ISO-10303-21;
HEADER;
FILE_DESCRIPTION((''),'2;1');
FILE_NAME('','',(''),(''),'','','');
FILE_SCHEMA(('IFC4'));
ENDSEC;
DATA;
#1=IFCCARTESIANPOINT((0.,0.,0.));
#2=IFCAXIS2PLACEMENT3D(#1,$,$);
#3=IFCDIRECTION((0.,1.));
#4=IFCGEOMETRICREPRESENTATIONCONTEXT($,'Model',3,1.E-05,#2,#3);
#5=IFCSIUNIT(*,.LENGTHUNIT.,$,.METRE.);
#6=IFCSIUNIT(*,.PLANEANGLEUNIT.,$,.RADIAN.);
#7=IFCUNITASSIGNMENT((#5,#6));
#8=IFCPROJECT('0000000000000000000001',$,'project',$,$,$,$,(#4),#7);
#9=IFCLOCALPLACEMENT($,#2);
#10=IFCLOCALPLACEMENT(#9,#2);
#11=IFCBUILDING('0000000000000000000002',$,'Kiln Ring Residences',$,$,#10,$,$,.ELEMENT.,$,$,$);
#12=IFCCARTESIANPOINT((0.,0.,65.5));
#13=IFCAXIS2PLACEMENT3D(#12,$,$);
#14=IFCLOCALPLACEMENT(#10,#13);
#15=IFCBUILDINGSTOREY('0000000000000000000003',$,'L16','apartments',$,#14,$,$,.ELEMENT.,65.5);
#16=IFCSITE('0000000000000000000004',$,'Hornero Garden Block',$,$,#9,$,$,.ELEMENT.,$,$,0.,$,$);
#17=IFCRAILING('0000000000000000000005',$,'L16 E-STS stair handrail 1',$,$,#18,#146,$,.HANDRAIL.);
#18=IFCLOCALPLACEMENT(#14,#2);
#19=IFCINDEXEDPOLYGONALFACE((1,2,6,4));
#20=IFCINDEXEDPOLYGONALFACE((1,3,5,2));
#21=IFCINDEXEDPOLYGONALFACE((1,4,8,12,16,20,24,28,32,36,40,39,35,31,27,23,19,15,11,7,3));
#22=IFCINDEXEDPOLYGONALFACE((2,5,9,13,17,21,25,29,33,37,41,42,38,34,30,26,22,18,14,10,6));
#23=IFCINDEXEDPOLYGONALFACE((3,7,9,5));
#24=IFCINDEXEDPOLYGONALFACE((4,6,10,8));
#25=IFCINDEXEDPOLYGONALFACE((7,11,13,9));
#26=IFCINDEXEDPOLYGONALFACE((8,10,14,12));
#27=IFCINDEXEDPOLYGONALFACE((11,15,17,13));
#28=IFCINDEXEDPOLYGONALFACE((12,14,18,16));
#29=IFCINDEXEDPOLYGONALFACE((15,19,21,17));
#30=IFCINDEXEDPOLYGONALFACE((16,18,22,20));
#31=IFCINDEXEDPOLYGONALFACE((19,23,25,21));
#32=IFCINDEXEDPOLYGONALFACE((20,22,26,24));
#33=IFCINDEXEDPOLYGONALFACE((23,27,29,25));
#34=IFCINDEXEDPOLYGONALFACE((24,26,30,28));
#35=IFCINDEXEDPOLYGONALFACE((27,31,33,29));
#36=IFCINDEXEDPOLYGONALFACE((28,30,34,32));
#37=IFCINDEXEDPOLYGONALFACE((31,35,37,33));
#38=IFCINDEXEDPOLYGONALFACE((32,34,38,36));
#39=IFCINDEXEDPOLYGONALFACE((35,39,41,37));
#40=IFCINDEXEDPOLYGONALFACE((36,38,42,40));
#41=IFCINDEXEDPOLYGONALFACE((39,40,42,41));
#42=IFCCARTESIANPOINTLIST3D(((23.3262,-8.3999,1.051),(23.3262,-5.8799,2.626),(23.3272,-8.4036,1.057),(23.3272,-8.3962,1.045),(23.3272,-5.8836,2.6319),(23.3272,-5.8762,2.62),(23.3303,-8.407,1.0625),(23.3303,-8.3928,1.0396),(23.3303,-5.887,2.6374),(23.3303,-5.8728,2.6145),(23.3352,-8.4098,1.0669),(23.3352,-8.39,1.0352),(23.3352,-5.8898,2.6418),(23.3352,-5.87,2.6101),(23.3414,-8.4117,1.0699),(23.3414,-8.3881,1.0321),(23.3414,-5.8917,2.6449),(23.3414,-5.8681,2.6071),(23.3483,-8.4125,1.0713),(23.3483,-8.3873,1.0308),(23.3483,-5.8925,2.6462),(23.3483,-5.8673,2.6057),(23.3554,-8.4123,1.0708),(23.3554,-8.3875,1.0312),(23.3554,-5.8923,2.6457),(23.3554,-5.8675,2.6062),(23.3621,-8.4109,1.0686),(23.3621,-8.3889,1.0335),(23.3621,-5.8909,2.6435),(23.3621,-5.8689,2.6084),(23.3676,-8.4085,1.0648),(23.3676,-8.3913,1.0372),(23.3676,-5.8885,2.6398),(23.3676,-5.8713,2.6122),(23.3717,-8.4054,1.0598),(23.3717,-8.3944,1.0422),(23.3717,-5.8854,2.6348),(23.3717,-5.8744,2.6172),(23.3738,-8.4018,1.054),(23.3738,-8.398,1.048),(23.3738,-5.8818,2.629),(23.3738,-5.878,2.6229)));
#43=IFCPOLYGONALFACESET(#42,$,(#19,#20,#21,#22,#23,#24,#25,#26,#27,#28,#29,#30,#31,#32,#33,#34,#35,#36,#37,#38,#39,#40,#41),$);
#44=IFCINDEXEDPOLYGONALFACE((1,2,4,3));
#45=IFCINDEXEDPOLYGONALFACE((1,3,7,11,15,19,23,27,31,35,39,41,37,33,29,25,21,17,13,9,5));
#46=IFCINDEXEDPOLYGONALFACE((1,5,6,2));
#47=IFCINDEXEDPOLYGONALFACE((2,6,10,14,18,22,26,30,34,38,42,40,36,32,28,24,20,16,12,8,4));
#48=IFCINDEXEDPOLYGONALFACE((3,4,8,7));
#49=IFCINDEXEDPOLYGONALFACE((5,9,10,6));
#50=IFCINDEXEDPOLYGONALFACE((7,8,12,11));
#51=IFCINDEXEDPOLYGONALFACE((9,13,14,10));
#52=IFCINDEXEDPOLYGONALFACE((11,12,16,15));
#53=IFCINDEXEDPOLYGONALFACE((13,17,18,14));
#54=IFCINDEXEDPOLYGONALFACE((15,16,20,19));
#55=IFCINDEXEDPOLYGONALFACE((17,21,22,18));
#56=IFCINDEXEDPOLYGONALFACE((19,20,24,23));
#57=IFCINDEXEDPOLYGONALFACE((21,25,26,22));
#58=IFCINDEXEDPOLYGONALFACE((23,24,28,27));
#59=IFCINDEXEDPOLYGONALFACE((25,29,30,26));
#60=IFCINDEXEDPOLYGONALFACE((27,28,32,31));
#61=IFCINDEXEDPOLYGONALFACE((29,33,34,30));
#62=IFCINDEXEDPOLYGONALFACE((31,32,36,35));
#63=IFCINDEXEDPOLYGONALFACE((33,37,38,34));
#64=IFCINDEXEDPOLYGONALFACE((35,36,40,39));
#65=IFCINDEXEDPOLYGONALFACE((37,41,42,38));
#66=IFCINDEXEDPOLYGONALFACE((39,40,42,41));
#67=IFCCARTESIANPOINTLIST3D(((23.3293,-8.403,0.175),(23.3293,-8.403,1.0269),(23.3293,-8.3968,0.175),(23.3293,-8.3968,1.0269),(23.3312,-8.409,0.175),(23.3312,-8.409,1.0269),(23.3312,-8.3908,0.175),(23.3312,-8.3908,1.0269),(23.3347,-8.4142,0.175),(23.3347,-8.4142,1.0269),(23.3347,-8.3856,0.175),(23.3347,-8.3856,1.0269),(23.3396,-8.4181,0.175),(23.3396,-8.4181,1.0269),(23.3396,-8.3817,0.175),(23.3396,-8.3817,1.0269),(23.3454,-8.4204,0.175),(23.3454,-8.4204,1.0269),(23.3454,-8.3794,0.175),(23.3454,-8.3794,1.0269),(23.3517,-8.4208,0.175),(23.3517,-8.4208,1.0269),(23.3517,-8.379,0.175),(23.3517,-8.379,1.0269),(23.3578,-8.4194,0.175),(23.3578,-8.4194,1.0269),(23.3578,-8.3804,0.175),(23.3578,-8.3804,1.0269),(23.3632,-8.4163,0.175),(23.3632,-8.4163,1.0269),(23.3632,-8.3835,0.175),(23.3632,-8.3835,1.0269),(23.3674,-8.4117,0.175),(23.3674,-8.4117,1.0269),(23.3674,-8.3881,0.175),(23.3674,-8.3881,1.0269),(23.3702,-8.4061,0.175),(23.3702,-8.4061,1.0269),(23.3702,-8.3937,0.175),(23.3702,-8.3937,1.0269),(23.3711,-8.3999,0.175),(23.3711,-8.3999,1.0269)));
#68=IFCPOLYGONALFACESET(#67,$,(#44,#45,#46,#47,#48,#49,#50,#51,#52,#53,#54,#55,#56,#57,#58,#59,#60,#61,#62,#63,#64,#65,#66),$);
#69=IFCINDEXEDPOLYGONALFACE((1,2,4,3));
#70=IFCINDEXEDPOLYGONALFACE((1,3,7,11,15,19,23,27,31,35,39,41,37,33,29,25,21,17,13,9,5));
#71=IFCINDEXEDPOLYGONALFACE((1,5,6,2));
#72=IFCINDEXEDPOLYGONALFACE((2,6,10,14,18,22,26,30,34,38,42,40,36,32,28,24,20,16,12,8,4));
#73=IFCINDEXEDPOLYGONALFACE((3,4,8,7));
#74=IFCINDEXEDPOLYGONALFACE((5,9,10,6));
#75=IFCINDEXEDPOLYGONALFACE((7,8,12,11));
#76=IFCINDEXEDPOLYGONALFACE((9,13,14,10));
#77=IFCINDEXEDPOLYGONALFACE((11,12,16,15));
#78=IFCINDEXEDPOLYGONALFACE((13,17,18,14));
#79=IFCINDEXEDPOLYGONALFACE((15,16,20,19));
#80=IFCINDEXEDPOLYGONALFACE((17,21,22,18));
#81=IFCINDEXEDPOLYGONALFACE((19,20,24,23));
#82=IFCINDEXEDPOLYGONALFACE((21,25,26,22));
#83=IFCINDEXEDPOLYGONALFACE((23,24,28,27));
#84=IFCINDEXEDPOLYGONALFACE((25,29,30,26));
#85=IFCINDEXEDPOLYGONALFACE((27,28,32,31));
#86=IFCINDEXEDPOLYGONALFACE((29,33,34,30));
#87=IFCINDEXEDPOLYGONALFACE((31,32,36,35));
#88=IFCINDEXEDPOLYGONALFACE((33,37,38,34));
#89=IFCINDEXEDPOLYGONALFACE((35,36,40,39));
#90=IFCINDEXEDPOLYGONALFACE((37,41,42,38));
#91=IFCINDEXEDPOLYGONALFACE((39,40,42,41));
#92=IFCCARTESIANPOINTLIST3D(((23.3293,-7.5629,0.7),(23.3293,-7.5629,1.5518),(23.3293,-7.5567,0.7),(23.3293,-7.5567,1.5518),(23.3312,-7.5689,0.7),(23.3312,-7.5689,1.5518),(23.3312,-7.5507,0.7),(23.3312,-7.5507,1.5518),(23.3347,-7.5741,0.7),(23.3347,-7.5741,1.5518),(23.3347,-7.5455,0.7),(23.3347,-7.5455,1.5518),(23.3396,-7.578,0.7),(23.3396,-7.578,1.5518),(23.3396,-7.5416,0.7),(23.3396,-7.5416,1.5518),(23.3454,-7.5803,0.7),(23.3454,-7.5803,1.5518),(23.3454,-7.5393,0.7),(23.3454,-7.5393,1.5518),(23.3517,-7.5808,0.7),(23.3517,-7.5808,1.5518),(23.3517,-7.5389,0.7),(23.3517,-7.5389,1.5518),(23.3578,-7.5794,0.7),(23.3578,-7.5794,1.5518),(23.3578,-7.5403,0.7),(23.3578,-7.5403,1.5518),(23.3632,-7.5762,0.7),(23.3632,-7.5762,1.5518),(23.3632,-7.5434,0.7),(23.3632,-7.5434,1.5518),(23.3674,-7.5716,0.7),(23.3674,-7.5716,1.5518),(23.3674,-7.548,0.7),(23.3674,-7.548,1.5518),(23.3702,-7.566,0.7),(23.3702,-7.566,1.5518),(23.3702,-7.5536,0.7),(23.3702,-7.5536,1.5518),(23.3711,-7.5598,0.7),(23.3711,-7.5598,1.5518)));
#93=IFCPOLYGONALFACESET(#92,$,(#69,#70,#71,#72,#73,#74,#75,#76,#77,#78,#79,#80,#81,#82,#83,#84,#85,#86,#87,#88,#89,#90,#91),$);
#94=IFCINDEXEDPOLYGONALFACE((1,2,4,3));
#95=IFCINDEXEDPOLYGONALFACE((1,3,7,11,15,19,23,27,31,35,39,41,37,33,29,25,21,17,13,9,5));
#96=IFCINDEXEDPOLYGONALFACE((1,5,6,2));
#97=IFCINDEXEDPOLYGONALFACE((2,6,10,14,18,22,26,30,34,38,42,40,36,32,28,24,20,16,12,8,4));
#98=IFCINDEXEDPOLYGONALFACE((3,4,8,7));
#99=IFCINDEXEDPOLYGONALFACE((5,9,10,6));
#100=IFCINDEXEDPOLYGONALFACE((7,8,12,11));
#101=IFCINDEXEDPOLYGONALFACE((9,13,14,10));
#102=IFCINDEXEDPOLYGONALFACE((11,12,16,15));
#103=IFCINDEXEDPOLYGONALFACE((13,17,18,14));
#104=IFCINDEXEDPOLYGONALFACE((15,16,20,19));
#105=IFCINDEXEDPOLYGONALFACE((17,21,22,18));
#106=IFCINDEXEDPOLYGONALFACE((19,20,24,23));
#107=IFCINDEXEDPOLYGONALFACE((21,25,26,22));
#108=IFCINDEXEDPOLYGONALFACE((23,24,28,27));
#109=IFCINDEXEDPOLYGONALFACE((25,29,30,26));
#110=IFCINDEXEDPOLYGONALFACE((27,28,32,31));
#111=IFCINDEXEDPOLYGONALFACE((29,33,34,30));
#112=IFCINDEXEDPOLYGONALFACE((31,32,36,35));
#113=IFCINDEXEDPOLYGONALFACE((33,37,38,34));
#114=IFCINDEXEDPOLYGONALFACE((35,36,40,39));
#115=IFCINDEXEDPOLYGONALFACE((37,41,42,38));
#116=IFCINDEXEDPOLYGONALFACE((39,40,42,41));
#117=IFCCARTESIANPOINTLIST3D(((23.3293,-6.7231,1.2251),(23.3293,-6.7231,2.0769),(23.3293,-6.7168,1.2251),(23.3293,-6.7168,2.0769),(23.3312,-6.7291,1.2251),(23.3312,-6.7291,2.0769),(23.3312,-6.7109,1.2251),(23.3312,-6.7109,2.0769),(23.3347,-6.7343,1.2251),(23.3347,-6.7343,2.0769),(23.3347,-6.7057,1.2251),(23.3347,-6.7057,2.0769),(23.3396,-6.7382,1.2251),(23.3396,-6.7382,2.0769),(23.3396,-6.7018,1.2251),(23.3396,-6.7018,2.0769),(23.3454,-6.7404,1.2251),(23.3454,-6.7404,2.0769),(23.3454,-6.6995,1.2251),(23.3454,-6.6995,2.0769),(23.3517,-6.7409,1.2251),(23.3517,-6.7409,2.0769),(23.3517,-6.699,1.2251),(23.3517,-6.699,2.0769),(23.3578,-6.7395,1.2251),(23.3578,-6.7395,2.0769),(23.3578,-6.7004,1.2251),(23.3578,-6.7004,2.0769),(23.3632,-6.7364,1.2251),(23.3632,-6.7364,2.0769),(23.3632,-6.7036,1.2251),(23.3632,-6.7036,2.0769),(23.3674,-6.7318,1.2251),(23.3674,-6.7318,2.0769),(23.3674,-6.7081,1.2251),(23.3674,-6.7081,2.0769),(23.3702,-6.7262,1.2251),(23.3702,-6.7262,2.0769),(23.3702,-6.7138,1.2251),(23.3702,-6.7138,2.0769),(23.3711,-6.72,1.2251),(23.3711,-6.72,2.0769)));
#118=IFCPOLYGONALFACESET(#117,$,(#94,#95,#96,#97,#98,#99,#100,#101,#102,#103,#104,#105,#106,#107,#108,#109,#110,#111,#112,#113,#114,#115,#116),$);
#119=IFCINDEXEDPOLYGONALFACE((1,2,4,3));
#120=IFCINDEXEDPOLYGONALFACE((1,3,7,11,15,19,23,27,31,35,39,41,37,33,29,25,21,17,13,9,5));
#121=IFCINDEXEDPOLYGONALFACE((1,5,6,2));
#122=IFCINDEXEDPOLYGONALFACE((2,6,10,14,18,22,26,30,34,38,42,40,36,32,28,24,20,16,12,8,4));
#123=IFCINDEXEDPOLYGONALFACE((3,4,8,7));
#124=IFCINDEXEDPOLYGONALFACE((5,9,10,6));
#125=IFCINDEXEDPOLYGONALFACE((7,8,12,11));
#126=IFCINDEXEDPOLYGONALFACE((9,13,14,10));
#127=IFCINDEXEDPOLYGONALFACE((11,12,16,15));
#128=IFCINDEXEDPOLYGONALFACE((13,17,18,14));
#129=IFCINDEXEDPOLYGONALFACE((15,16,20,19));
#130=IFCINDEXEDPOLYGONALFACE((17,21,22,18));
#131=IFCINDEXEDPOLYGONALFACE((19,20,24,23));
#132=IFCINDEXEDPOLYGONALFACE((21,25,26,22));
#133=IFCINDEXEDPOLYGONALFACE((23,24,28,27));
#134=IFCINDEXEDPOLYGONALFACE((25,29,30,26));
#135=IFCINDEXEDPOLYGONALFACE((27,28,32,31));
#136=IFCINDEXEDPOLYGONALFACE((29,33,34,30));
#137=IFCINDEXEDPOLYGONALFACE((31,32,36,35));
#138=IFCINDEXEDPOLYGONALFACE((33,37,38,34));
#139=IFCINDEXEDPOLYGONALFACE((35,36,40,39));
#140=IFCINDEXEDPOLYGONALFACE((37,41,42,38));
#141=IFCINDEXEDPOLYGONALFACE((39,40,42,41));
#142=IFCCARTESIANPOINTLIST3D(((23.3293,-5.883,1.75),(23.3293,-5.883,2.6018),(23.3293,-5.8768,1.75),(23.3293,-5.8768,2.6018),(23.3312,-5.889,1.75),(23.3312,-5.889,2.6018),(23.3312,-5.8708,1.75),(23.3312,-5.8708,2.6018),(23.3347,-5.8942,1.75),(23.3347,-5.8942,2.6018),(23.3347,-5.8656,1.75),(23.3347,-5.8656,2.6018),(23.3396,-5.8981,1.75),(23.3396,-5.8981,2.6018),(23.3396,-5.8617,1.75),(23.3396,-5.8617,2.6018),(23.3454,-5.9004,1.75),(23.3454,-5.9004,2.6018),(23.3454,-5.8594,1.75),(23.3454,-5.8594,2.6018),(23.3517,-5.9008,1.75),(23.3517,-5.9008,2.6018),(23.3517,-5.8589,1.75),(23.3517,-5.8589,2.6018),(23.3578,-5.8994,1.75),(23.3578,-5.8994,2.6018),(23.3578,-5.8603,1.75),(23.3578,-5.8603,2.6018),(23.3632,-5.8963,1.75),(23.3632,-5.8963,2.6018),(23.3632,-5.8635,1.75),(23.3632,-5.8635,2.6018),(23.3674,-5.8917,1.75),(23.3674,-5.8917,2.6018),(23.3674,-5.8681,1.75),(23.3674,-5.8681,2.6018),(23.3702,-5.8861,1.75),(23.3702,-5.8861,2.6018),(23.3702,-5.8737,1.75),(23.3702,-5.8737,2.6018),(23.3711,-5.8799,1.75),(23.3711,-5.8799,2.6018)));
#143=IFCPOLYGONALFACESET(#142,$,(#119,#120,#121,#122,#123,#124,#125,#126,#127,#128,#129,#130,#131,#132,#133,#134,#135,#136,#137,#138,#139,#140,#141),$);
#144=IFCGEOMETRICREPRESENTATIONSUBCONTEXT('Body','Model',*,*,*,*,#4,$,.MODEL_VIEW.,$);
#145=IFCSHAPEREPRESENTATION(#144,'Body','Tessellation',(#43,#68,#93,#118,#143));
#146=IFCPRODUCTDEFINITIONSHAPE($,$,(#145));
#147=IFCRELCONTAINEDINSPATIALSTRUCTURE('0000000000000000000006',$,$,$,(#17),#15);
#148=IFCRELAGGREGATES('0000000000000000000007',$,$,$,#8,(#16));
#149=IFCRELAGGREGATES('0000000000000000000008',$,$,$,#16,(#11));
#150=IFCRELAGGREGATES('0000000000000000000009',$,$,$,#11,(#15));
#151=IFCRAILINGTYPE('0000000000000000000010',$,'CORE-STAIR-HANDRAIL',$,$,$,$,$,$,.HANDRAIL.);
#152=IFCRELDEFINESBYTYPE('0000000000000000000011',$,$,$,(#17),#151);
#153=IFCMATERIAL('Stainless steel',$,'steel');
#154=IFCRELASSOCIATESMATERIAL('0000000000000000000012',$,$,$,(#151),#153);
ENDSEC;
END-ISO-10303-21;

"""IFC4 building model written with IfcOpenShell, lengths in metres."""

from ifc_helpers import new_model, si_unit, direction, frame, origin, origin_2d, place, context, subcontext, project, spatial, circle, extrude, material, type_object, element, save


model = new_model("IFC4")

# Units and contexts
model_context = context("Model", 3, precision=1e-05, world=origin(), true_north=direction((0.0, 1.0)))
body_context = subcontext(model_context, "Body", "Model", "MODEL_VIEW")
ifc_project = project(units=[si_unit("LENGTHUNIT", "METRE"), si_unit("PLANEANGLEUNIT", "RADIAN")], contexts=[model_context])

# Site, building, storey
site_placement = place(None, origin())
site = spatial("IfcSite", under=ifc_project, at=site_placement, Name="Hornero Garden Block", CompositionType="ELEMENT", RefElevation=0.0)
building_placement = place(site_placement, origin())
building = spatial("IfcBuilding", under=site, at=building_placement, Name="Kiln Ring Residences", CompositionType="ELEMENT")
storey_placement = place(building_placement, frame((0.0, 0.0, 65.5)))
storey = spatial("IfcBuildingStorey", under=building, at=storey_placement, Name="L16", Description="apartments", CompositionType="ELEMENT", Elevation=65.5)

# Railing
ifc_material_1 = material(Name="Stainless steel", Category="steel")
railing_type_1 = type_object("IfcRailingType", Name="CORE-STAIR-HANDRAIL", PredefinedType="HANDRAIL", material=ifc_material_1)
railing_1_placement = place(storey_placement, frame((23.3501, -8.3999, 0.175)))
element("IfcRailing", 1, at=railing_1_placement, inside=storey, type_object=railing_type_1, Name="L16 E-STS stair handrail 1", PredefinedType="HANDRAIL", context=body_context, shape_type="SweptSolid", body=[
    extrude(circle(Radius=0.0239, at=origin_2d()), frame((0.0, 0.0, 0.876), z_axis=(0.0, 0.848008, 0.529984), x_axis=(-1.0, 0.0, 0.0)), (0.0, 0.0, 1.0), 2.9717),
    extrude(circle(Radius=0.021, at=origin_2d()), origin(), (0.0, 0.0, 1.0), 0.8518),
    extrude(circle(Radius=0.021, at=origin_2d()), frame((0.0, 0.8401, 0.5249)), (0.0, 0.0, 1.0), 0.8518),
    extrude(circle(Radius=0.021, at=origin_2d()), frame((0.0, 1.6799, 1.05)), (0.0, 0.0, 1.0), 0.8518),
    extrude(circle(Radius=0.021, at=origin_2d()), frame((0.0, 2.52, 1.575)), (0.0, 0.0, 1.0), 0.8518),
])

save(model, "model.ifc")
